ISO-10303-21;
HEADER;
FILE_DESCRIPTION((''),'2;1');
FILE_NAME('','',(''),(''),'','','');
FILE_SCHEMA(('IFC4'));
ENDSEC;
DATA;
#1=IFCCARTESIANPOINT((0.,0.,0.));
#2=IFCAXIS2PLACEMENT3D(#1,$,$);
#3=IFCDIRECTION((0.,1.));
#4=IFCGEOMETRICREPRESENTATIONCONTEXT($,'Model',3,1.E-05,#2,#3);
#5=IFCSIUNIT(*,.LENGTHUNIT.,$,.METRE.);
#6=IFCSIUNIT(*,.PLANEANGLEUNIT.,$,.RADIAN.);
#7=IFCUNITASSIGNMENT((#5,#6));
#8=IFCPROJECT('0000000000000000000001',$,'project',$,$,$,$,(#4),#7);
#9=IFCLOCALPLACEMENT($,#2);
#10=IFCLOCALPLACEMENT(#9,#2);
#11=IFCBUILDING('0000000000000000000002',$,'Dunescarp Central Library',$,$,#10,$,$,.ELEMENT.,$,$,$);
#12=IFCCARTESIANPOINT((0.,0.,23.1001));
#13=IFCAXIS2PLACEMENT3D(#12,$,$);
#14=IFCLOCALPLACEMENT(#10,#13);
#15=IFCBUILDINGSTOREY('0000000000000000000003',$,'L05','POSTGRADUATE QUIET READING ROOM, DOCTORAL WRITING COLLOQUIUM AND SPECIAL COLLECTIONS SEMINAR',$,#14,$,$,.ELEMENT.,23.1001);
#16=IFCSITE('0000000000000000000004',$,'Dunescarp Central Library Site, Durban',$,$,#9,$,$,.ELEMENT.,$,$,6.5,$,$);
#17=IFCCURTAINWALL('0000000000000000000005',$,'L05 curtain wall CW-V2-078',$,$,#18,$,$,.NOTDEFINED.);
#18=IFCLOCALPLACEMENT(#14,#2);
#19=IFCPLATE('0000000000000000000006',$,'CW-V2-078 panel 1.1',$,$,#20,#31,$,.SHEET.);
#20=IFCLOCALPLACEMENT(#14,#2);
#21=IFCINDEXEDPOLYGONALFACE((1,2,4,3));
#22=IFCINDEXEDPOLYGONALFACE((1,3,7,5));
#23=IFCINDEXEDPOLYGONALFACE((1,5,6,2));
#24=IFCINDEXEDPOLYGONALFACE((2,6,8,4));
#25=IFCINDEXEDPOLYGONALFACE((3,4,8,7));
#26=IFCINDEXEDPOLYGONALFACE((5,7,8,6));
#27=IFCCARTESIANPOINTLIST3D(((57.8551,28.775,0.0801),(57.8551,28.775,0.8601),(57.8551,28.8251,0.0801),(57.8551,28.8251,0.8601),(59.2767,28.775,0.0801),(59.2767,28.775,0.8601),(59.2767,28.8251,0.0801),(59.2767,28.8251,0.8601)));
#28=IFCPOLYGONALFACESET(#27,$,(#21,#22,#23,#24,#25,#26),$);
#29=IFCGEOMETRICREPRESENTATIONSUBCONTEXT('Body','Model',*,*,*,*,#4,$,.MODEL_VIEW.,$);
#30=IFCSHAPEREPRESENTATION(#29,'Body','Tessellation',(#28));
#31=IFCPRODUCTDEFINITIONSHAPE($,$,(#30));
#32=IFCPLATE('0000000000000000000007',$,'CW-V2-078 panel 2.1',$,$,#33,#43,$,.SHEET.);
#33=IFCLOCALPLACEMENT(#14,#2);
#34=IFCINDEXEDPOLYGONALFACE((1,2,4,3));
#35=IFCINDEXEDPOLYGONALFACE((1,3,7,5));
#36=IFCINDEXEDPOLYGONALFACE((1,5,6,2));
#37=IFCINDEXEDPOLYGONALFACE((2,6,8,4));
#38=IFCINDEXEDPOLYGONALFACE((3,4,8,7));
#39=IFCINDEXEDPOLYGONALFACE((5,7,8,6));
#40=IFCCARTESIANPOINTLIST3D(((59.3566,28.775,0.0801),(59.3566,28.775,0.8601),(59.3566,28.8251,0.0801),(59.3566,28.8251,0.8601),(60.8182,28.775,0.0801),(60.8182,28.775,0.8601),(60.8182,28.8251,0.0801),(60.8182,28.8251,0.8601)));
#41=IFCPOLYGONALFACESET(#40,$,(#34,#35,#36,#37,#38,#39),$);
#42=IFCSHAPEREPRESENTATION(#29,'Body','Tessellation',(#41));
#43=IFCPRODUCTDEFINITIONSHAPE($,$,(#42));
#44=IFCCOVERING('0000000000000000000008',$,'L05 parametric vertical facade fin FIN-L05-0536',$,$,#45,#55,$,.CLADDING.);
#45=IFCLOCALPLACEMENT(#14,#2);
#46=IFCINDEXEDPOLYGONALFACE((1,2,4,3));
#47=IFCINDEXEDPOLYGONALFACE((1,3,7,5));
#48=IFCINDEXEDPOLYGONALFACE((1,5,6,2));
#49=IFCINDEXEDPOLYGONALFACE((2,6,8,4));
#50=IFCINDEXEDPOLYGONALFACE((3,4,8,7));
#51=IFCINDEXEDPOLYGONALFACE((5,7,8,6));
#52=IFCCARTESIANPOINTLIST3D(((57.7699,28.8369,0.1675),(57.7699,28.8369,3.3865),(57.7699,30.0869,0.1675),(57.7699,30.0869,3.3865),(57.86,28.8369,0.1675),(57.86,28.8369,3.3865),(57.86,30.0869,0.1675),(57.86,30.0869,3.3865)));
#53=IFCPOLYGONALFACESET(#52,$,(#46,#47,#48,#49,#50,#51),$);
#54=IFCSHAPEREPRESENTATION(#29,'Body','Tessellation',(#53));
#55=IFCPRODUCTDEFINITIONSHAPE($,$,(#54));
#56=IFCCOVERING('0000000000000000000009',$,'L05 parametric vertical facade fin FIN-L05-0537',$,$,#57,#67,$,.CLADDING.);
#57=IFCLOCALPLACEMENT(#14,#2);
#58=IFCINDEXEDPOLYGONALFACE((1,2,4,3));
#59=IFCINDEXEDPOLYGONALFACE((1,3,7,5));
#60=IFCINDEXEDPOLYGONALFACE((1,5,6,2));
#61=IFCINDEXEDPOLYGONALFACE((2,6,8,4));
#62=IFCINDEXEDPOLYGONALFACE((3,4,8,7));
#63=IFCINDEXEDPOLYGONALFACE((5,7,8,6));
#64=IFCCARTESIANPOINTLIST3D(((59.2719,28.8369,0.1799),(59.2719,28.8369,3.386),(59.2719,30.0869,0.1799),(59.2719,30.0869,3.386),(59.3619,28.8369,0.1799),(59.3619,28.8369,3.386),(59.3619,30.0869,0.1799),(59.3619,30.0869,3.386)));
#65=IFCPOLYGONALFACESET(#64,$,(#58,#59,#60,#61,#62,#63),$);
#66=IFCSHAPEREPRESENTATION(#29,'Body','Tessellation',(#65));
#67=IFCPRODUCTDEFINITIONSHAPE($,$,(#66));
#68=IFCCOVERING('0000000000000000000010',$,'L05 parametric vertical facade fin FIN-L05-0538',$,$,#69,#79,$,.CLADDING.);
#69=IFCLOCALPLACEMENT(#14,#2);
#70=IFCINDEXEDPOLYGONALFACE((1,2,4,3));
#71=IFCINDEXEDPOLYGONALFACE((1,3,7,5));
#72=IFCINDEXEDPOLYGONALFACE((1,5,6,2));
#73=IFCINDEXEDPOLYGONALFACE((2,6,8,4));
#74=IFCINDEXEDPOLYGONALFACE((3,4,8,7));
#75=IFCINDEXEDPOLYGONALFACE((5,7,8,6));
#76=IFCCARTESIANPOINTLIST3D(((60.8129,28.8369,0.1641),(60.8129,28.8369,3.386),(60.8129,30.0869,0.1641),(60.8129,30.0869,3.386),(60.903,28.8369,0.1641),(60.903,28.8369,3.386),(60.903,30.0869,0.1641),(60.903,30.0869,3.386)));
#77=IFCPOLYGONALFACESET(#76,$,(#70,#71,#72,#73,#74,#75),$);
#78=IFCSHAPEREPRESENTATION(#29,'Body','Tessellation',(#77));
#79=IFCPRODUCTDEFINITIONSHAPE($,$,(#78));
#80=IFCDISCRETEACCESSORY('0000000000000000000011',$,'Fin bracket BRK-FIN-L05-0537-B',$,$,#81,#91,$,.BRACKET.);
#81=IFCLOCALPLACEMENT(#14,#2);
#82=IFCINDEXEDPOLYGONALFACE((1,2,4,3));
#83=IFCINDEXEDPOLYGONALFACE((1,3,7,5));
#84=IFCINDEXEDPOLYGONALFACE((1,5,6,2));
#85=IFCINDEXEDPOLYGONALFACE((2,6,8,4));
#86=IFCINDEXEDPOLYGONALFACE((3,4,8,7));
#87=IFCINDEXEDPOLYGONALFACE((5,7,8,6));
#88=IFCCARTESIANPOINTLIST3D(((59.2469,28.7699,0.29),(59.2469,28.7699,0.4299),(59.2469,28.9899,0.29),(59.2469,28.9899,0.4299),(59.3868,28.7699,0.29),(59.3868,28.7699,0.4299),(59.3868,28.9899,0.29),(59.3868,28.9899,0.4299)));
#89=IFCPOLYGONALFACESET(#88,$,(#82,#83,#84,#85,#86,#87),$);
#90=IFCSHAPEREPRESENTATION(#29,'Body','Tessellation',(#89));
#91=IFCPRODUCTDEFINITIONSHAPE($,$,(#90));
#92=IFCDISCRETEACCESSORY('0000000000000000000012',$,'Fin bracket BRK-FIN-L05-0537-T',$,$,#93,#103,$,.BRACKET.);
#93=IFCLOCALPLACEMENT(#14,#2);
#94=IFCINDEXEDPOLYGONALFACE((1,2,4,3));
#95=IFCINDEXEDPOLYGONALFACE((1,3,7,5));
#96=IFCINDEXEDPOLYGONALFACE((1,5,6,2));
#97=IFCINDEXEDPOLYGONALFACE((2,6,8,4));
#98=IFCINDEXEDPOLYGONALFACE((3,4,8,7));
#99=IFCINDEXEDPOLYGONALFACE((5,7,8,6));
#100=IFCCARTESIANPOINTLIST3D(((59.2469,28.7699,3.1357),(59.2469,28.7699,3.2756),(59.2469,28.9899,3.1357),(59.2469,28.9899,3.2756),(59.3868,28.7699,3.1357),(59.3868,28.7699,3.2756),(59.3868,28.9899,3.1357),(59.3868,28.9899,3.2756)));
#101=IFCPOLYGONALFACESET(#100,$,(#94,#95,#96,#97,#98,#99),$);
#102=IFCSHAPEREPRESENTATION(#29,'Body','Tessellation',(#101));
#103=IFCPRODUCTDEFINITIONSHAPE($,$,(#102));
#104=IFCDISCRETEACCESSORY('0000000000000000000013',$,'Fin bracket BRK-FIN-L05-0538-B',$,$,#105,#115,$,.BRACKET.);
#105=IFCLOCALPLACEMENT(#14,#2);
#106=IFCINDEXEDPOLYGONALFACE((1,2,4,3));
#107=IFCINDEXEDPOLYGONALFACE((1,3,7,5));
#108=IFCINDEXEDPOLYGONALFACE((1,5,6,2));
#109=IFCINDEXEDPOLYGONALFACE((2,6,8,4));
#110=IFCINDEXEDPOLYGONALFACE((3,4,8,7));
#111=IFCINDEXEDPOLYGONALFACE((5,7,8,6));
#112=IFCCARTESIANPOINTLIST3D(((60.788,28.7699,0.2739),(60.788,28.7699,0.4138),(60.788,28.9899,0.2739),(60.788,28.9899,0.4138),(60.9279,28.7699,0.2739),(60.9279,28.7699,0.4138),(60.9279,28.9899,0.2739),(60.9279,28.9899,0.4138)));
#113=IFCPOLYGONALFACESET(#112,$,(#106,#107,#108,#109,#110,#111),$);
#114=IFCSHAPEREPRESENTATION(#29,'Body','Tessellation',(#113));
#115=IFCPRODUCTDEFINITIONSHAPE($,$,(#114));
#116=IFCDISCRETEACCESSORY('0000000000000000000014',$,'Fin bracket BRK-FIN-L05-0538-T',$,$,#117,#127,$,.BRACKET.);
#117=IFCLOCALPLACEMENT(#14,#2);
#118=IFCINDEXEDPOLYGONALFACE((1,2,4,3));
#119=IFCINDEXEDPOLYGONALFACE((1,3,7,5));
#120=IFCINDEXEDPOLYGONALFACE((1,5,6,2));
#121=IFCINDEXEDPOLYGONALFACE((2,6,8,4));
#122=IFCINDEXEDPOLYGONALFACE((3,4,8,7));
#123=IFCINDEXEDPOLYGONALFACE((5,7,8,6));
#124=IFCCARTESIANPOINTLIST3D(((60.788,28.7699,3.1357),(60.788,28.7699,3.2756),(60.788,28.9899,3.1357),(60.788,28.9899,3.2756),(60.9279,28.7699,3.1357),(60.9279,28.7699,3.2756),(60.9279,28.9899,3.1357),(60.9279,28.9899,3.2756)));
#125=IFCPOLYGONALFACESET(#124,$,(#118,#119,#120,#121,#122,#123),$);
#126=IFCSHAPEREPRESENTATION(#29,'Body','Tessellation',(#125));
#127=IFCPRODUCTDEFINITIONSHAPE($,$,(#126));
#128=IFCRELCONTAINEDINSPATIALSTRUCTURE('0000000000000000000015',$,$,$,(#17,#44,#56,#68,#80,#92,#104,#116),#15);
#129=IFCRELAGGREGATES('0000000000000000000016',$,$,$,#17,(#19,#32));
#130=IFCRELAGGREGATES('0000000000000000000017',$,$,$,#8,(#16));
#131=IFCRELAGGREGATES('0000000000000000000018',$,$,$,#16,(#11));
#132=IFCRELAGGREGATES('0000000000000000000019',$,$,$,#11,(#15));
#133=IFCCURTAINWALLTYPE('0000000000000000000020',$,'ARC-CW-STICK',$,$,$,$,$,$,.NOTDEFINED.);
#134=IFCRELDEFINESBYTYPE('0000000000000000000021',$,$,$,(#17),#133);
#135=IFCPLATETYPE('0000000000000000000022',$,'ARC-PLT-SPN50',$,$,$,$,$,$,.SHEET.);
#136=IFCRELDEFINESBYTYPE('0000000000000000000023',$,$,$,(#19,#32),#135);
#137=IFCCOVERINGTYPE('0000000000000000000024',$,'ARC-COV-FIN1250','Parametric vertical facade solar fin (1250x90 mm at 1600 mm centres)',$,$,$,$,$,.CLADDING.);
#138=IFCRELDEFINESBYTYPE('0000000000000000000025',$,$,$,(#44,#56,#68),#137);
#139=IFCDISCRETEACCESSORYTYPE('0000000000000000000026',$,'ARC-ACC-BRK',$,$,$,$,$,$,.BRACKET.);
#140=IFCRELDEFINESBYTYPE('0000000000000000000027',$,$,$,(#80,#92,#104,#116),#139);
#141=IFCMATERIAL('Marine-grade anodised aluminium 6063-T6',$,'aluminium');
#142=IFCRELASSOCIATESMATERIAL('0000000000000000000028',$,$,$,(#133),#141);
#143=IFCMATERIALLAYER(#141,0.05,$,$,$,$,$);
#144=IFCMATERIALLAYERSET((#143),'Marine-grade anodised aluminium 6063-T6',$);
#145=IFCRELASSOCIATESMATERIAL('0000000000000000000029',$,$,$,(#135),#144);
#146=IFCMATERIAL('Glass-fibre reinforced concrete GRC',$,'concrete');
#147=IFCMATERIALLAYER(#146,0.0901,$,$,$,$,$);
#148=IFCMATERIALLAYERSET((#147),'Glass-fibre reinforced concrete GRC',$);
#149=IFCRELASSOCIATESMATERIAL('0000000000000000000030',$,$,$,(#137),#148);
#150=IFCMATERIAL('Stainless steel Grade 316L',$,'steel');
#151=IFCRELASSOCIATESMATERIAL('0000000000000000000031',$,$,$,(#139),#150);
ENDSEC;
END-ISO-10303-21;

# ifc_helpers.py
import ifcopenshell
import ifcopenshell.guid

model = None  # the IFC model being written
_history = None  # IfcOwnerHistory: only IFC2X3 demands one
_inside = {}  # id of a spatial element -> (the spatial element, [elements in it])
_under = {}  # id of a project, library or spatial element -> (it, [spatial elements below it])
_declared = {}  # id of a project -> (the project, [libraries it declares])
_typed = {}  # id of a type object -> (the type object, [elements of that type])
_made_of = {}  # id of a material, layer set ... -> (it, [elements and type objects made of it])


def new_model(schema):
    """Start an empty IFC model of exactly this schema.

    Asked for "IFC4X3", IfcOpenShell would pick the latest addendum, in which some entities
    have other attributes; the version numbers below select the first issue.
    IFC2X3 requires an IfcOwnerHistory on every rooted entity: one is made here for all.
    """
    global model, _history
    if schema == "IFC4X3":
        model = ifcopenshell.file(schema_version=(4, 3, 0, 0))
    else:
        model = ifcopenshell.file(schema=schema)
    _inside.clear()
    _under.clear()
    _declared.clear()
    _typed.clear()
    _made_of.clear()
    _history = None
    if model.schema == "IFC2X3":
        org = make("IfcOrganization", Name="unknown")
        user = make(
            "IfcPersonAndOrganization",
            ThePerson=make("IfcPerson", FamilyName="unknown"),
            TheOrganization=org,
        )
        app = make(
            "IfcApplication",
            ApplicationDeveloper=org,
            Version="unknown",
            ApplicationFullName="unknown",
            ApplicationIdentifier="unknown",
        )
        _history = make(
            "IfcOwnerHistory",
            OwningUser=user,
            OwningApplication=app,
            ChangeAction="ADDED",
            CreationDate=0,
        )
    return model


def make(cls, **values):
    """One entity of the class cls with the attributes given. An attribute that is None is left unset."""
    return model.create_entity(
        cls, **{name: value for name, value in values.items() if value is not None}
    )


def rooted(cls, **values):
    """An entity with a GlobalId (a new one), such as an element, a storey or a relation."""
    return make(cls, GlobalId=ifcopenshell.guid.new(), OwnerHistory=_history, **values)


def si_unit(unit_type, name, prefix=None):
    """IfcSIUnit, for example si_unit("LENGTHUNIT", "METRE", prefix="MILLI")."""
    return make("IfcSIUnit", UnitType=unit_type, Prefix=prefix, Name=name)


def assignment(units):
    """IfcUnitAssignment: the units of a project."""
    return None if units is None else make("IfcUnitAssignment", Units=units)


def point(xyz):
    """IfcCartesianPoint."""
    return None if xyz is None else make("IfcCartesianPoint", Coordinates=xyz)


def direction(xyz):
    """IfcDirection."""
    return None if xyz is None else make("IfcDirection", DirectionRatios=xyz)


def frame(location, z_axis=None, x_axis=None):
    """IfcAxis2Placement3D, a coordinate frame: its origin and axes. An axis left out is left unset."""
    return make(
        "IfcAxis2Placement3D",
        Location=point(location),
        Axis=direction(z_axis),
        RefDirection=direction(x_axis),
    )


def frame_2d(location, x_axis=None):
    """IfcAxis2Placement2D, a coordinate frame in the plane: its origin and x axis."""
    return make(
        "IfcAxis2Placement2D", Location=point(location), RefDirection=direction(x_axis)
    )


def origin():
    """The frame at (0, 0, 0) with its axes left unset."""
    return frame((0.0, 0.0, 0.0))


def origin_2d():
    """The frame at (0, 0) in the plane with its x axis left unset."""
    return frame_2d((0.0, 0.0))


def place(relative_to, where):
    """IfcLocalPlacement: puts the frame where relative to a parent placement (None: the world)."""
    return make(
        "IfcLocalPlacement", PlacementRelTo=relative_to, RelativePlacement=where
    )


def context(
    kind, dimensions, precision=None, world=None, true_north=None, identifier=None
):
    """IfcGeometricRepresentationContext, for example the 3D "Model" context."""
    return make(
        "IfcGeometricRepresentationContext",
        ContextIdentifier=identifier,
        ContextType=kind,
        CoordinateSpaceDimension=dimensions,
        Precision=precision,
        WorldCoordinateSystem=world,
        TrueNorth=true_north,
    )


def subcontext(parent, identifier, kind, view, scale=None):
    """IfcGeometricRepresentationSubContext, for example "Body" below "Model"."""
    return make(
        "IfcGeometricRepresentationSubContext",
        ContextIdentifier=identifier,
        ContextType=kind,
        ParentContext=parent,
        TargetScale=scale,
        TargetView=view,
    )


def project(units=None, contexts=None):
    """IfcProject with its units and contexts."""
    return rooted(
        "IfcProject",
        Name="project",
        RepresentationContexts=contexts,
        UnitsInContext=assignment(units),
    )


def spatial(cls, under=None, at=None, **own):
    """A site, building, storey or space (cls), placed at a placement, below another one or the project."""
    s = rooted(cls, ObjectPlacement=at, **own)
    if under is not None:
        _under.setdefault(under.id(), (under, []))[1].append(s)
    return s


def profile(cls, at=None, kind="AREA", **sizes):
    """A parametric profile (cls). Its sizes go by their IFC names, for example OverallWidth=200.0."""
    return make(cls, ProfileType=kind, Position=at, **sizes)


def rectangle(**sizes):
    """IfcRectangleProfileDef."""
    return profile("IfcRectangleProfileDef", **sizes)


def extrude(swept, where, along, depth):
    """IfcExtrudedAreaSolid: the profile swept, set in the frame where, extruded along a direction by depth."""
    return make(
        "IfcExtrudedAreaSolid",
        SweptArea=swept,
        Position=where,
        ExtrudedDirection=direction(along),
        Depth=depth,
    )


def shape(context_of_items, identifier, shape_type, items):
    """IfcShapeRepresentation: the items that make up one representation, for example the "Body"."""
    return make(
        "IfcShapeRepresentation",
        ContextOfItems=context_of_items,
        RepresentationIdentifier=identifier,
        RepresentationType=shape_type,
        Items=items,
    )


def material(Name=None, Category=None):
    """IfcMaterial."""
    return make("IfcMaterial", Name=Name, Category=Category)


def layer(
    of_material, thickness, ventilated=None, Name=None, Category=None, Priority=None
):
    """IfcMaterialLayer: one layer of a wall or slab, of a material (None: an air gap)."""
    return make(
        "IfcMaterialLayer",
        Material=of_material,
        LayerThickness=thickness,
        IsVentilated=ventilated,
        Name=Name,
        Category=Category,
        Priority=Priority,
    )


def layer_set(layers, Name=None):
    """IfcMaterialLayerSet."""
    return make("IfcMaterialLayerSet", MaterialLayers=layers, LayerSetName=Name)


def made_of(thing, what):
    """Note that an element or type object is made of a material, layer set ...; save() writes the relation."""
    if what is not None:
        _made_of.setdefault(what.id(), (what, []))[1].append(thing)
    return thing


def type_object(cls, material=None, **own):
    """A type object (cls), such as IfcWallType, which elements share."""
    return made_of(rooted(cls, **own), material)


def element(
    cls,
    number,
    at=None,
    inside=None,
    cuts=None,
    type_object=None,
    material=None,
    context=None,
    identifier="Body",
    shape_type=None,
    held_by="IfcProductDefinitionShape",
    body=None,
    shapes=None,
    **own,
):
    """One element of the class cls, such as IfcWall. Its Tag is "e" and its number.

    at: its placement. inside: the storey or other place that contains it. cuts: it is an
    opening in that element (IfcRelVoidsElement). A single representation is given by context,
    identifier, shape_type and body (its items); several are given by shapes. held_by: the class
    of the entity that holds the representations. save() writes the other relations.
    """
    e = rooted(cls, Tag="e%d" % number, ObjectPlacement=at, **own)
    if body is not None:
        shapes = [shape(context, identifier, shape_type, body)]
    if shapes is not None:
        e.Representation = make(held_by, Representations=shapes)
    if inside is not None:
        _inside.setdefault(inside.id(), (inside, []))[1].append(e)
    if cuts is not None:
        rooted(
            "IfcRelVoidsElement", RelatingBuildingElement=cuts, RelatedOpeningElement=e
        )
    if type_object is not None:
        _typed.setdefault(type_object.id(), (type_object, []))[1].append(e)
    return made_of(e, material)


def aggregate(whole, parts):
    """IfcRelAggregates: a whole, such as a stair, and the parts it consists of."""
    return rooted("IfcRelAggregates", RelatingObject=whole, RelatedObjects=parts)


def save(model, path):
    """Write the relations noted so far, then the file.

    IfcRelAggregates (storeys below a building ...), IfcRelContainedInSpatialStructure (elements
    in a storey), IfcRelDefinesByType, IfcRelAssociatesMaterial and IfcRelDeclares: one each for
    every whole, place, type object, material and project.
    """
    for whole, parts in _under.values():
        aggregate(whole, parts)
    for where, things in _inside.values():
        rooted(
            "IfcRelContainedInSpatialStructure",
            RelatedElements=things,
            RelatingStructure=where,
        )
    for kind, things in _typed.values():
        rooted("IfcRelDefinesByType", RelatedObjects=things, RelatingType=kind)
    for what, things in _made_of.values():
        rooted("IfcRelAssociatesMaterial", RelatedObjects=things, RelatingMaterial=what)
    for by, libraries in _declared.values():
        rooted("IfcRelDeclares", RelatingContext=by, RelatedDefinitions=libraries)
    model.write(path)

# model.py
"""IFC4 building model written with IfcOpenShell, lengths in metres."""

from ifc_helpers import new_model, si_unit, direction, frame, origin, origin_2d, place, context, subcontext, project, spatial, rectangle, extrude, material, layer, layer_set, type_object, element, aggregate, save


model = new_model("IFC4")

# Units and contexts
model_context = context("Model", 3, precision=1e-05, world=origin(), true_north=direction((0.0, 1.0)))
body_context = subcontext(model_context, "Body", "Model", "MODEL_VIEW")
ifc_project = project(units=[si_unit("LENGTHUNIT", "METRE"), si_unit("PLANEANGLEUNIT", "RADIAN")], contexts=[model_context])

# Site, building, storey
site_placement = place(None, origin())
site = spatial("IfcSite", under=ifc_project, at=site_placement, Name="Dunescarp Central Library Site, Durban", CompositionType="ELEMENT", RefElevation=6.5)
building_placement = place(site_placement, origin())
building = spatial("IfcBuilding", under=site, at=building_placement, Name="Dunescarp Central Library", CompositionType="ELEMENT")
storey_placement = place(building_placement, frame((0.0, 0.0, 23.1001)))
storey = spatial("IfcBuildingStorey", under=building, at=storey_placement, Name="L05", Description="POSTGRADUATE QUIET READING ROOM, DOCTORAL WRITING COLLOQUIUM AND SPECIAL COLLECTIONS SEMINAR", CompositionType="ELEMENT", Elevation=23.1001)

# Curtain wall
ifc_material_1 = material(Name="Marine-grade anodised aluminium 6063-T6", Category="aluminium")
curtain_wall_type = type_object("IfcCurtainWallType", Name="ARC-CW-STICK", PredefinedType="NOTDEFINED", material=ifc_material_1)
curtain_wall_placement = place(storey_placement, origin())
curtain_wall = element("IfcCurtainWall", 1, at=curtain_wall_placement, inside=storey, type_object=curtain_wall_type, Name="L05 curtain wall CW-V2-078", PredefinedType="NOTDEFINED")

# Plates
ifc_layer_1 = layer(ifc_material_1, 0.05)
ifc_layer_set_1 = layer_set([ifc_layer_1], Name="Marine-grade anodised aluminium 6063-T6")
plate_type_1 = type_object("IfcPlateType", Name="ARC-PLT-SPN50", PredefinedType="SHEET", material=ifc_layer_set_1)
plate_1_placement = place(storey_placement, frame((58.5659, 28.8, 0.0801), z_axis=(0.0, 0.0, 1.0), x_axis=(1.0, 0.0, 0.0)))
plate_1 = element("IfcPlate", 2, at=plate_1_placement, type_object=plate_type_1, Name="CW-V2-078 panel 1.1", PredefinedType="SHEET", context=body_context, shape_type="SweptSolid", body=[
    extrude(rectangle(XDim=1.4216, YDim=0.05, at=origin_2d()), origin(), (0.0, 0.0, 1.0), 0.78),
])
plate_2_placement = place(storey_placement, frame((60.0874, 28.8, 0.0801), z_axis=(0.0, 0.0, 1.0), x_axis=(1.0, 0.0, 0.0)))
plate_2 = element("IfcPlate", 3, at=plate_2_placement, type_object=plate_type_1, Name="CW-V2-078 panel 2.1", PredefinedType="SHEET", context=body_context, shape_type="SweptSolid", body=[
    extrude(rectangle(XDim=1.4617, YDim=0.05, at=origin_2d()), origin(), (0.0, 0.0, 1.0), 0.78),
])
aggregate(curtain_wall, [plate_1, plate_2])

# Coverings
ifc_material_2 = material(Name="Glass-fibre reinforced concrete GRC", Category="concrete")
ifc_layer_2 = layer(ifc_material_2, 0.0901)
ifc_layer_set_2 = layer_set([ifc_layer_2], Name="Glass-fibre reinforced concrete GRC")
covering_type = type_object("IfcCoveringType", Name="ARC-COV-FIN1250", Description="Parametric vertical facade solar fin (1250x90 mm at 1600 mm centres)", PredefinedType="CLADDING", material=ifc_layer_set_2)
covering_1_placement = place(storey_placement, frame((57.8149, 29.4619, 0.1675), z_axis=(0.0, 0.0, 1.0), x_axis=(0.0, 1.0, 0.0)))
element("IfcCovering", 4, at=covering_1_placement, inside=storey, type_object=covering_type, Name="L05 parametric vertical facade fin FIN-L05-0536", PredefinedType="CLADDING", context=body_context, shape_type="SweptSolid", body=[
    extrude(rectangle(XDim=1.25, YDim=0.0901, at=origin_2d()), origin(), (0.0, 0.0, 1.0), 3.219),
])
covering_2_placement = place(storey_placement, frame((59.3169, 29.4619, 0.1799), z_axis=(0.0, 0.0, 1.0), x_axis=(0.0, 1.0, 0.0)))
element("IfcCovering", 5, at=covering_2_placement, inside=storey, type_object=covering_type, Name="L05 parametric vertical facade fin FIN-L05-0537", PredefinedType="CLADDING", context=body_context, shape_type="SweptSolid", body=[
    extrude(rectangle(XDim=1.25, YDim=0.0901, at=origin_2d()), origin(), (0.0, 0.0, 1.0), 3.2061),
])
covering_3_placement = place(storey_placement, frame((60.8579, 29.4619, 0.1641), z_axis=(0.0, 0.0, 1.0), x_axis=(0.0, 1.0, 0.0)))
element("IfcCovering", 6, at=covering_3_placement, inside=storey, type_object=covering_type, Name="L05 parametric vertical facade fin FIN-L05-0538", PredefinedType="CLADDING", context=body_context, shape_type="SweptSolid", body=[
    extrude(rectangle(XDim=1.25, YDim=0.0901, at=origin_2d()), origin(), (0.0, 0.0, 1.0), 3.2219),
])

# Discrete accessories
ifc_material_3 = material(Name="Stainless steel Grade 316L", Category="steel")
discrete_accessory_type = type_object("IfcDiscreteAccessoryType", Name="ARC-ACC-BRK", PredefinedType="BRACKET", material=ifc_material_3)
for number, where, z_axis, x_axis, name in (
    (7, (59.3169, 28.8799, 0.29), (0.0, 0.0, 1.0), (0.0, 1.0, 0.0), "Fin bracket BRK-FIN-L05-0537-B"),
    (8, (59.3169, 28.8799, 3.1357), (0.0, 0.0, 1.0), (0.0, 1.0, 0.0), "Fin bracket BRK-FIN-L05-0537-T"),
    (9, (60.8579, 28.8799, 0.2739), (0.0, 0.0, 1.0), (0.0, 1.0, 0.0), "Fin bracket BRK-FIN-L05-0538-B"),
    (10, (60.8579, 28.8799, 3.1357), (0.0, 0.0, 1.0), (0.0, 1.0, 0.0), "Fin bracket BRK-FIN-L05-0538-T"),
):
    element("IfcDiscreteAccessory", number, at=place(storey_placement, frame(where, z_axis=z_axis, x_axis=x_axis)), inside=storey, type_object=discrete_accessory_type, Name=name, PredefinedType="BRACKET", context=body_context, shape_type="SweptSolid", body=[
        extrude(rectangle(XDim=0.22, YDim=0.1399, at=origin_2d()), origin(), (0.0, 0.0, 1.0), 0.1399),
    ])

save(model, "model.ifc")
